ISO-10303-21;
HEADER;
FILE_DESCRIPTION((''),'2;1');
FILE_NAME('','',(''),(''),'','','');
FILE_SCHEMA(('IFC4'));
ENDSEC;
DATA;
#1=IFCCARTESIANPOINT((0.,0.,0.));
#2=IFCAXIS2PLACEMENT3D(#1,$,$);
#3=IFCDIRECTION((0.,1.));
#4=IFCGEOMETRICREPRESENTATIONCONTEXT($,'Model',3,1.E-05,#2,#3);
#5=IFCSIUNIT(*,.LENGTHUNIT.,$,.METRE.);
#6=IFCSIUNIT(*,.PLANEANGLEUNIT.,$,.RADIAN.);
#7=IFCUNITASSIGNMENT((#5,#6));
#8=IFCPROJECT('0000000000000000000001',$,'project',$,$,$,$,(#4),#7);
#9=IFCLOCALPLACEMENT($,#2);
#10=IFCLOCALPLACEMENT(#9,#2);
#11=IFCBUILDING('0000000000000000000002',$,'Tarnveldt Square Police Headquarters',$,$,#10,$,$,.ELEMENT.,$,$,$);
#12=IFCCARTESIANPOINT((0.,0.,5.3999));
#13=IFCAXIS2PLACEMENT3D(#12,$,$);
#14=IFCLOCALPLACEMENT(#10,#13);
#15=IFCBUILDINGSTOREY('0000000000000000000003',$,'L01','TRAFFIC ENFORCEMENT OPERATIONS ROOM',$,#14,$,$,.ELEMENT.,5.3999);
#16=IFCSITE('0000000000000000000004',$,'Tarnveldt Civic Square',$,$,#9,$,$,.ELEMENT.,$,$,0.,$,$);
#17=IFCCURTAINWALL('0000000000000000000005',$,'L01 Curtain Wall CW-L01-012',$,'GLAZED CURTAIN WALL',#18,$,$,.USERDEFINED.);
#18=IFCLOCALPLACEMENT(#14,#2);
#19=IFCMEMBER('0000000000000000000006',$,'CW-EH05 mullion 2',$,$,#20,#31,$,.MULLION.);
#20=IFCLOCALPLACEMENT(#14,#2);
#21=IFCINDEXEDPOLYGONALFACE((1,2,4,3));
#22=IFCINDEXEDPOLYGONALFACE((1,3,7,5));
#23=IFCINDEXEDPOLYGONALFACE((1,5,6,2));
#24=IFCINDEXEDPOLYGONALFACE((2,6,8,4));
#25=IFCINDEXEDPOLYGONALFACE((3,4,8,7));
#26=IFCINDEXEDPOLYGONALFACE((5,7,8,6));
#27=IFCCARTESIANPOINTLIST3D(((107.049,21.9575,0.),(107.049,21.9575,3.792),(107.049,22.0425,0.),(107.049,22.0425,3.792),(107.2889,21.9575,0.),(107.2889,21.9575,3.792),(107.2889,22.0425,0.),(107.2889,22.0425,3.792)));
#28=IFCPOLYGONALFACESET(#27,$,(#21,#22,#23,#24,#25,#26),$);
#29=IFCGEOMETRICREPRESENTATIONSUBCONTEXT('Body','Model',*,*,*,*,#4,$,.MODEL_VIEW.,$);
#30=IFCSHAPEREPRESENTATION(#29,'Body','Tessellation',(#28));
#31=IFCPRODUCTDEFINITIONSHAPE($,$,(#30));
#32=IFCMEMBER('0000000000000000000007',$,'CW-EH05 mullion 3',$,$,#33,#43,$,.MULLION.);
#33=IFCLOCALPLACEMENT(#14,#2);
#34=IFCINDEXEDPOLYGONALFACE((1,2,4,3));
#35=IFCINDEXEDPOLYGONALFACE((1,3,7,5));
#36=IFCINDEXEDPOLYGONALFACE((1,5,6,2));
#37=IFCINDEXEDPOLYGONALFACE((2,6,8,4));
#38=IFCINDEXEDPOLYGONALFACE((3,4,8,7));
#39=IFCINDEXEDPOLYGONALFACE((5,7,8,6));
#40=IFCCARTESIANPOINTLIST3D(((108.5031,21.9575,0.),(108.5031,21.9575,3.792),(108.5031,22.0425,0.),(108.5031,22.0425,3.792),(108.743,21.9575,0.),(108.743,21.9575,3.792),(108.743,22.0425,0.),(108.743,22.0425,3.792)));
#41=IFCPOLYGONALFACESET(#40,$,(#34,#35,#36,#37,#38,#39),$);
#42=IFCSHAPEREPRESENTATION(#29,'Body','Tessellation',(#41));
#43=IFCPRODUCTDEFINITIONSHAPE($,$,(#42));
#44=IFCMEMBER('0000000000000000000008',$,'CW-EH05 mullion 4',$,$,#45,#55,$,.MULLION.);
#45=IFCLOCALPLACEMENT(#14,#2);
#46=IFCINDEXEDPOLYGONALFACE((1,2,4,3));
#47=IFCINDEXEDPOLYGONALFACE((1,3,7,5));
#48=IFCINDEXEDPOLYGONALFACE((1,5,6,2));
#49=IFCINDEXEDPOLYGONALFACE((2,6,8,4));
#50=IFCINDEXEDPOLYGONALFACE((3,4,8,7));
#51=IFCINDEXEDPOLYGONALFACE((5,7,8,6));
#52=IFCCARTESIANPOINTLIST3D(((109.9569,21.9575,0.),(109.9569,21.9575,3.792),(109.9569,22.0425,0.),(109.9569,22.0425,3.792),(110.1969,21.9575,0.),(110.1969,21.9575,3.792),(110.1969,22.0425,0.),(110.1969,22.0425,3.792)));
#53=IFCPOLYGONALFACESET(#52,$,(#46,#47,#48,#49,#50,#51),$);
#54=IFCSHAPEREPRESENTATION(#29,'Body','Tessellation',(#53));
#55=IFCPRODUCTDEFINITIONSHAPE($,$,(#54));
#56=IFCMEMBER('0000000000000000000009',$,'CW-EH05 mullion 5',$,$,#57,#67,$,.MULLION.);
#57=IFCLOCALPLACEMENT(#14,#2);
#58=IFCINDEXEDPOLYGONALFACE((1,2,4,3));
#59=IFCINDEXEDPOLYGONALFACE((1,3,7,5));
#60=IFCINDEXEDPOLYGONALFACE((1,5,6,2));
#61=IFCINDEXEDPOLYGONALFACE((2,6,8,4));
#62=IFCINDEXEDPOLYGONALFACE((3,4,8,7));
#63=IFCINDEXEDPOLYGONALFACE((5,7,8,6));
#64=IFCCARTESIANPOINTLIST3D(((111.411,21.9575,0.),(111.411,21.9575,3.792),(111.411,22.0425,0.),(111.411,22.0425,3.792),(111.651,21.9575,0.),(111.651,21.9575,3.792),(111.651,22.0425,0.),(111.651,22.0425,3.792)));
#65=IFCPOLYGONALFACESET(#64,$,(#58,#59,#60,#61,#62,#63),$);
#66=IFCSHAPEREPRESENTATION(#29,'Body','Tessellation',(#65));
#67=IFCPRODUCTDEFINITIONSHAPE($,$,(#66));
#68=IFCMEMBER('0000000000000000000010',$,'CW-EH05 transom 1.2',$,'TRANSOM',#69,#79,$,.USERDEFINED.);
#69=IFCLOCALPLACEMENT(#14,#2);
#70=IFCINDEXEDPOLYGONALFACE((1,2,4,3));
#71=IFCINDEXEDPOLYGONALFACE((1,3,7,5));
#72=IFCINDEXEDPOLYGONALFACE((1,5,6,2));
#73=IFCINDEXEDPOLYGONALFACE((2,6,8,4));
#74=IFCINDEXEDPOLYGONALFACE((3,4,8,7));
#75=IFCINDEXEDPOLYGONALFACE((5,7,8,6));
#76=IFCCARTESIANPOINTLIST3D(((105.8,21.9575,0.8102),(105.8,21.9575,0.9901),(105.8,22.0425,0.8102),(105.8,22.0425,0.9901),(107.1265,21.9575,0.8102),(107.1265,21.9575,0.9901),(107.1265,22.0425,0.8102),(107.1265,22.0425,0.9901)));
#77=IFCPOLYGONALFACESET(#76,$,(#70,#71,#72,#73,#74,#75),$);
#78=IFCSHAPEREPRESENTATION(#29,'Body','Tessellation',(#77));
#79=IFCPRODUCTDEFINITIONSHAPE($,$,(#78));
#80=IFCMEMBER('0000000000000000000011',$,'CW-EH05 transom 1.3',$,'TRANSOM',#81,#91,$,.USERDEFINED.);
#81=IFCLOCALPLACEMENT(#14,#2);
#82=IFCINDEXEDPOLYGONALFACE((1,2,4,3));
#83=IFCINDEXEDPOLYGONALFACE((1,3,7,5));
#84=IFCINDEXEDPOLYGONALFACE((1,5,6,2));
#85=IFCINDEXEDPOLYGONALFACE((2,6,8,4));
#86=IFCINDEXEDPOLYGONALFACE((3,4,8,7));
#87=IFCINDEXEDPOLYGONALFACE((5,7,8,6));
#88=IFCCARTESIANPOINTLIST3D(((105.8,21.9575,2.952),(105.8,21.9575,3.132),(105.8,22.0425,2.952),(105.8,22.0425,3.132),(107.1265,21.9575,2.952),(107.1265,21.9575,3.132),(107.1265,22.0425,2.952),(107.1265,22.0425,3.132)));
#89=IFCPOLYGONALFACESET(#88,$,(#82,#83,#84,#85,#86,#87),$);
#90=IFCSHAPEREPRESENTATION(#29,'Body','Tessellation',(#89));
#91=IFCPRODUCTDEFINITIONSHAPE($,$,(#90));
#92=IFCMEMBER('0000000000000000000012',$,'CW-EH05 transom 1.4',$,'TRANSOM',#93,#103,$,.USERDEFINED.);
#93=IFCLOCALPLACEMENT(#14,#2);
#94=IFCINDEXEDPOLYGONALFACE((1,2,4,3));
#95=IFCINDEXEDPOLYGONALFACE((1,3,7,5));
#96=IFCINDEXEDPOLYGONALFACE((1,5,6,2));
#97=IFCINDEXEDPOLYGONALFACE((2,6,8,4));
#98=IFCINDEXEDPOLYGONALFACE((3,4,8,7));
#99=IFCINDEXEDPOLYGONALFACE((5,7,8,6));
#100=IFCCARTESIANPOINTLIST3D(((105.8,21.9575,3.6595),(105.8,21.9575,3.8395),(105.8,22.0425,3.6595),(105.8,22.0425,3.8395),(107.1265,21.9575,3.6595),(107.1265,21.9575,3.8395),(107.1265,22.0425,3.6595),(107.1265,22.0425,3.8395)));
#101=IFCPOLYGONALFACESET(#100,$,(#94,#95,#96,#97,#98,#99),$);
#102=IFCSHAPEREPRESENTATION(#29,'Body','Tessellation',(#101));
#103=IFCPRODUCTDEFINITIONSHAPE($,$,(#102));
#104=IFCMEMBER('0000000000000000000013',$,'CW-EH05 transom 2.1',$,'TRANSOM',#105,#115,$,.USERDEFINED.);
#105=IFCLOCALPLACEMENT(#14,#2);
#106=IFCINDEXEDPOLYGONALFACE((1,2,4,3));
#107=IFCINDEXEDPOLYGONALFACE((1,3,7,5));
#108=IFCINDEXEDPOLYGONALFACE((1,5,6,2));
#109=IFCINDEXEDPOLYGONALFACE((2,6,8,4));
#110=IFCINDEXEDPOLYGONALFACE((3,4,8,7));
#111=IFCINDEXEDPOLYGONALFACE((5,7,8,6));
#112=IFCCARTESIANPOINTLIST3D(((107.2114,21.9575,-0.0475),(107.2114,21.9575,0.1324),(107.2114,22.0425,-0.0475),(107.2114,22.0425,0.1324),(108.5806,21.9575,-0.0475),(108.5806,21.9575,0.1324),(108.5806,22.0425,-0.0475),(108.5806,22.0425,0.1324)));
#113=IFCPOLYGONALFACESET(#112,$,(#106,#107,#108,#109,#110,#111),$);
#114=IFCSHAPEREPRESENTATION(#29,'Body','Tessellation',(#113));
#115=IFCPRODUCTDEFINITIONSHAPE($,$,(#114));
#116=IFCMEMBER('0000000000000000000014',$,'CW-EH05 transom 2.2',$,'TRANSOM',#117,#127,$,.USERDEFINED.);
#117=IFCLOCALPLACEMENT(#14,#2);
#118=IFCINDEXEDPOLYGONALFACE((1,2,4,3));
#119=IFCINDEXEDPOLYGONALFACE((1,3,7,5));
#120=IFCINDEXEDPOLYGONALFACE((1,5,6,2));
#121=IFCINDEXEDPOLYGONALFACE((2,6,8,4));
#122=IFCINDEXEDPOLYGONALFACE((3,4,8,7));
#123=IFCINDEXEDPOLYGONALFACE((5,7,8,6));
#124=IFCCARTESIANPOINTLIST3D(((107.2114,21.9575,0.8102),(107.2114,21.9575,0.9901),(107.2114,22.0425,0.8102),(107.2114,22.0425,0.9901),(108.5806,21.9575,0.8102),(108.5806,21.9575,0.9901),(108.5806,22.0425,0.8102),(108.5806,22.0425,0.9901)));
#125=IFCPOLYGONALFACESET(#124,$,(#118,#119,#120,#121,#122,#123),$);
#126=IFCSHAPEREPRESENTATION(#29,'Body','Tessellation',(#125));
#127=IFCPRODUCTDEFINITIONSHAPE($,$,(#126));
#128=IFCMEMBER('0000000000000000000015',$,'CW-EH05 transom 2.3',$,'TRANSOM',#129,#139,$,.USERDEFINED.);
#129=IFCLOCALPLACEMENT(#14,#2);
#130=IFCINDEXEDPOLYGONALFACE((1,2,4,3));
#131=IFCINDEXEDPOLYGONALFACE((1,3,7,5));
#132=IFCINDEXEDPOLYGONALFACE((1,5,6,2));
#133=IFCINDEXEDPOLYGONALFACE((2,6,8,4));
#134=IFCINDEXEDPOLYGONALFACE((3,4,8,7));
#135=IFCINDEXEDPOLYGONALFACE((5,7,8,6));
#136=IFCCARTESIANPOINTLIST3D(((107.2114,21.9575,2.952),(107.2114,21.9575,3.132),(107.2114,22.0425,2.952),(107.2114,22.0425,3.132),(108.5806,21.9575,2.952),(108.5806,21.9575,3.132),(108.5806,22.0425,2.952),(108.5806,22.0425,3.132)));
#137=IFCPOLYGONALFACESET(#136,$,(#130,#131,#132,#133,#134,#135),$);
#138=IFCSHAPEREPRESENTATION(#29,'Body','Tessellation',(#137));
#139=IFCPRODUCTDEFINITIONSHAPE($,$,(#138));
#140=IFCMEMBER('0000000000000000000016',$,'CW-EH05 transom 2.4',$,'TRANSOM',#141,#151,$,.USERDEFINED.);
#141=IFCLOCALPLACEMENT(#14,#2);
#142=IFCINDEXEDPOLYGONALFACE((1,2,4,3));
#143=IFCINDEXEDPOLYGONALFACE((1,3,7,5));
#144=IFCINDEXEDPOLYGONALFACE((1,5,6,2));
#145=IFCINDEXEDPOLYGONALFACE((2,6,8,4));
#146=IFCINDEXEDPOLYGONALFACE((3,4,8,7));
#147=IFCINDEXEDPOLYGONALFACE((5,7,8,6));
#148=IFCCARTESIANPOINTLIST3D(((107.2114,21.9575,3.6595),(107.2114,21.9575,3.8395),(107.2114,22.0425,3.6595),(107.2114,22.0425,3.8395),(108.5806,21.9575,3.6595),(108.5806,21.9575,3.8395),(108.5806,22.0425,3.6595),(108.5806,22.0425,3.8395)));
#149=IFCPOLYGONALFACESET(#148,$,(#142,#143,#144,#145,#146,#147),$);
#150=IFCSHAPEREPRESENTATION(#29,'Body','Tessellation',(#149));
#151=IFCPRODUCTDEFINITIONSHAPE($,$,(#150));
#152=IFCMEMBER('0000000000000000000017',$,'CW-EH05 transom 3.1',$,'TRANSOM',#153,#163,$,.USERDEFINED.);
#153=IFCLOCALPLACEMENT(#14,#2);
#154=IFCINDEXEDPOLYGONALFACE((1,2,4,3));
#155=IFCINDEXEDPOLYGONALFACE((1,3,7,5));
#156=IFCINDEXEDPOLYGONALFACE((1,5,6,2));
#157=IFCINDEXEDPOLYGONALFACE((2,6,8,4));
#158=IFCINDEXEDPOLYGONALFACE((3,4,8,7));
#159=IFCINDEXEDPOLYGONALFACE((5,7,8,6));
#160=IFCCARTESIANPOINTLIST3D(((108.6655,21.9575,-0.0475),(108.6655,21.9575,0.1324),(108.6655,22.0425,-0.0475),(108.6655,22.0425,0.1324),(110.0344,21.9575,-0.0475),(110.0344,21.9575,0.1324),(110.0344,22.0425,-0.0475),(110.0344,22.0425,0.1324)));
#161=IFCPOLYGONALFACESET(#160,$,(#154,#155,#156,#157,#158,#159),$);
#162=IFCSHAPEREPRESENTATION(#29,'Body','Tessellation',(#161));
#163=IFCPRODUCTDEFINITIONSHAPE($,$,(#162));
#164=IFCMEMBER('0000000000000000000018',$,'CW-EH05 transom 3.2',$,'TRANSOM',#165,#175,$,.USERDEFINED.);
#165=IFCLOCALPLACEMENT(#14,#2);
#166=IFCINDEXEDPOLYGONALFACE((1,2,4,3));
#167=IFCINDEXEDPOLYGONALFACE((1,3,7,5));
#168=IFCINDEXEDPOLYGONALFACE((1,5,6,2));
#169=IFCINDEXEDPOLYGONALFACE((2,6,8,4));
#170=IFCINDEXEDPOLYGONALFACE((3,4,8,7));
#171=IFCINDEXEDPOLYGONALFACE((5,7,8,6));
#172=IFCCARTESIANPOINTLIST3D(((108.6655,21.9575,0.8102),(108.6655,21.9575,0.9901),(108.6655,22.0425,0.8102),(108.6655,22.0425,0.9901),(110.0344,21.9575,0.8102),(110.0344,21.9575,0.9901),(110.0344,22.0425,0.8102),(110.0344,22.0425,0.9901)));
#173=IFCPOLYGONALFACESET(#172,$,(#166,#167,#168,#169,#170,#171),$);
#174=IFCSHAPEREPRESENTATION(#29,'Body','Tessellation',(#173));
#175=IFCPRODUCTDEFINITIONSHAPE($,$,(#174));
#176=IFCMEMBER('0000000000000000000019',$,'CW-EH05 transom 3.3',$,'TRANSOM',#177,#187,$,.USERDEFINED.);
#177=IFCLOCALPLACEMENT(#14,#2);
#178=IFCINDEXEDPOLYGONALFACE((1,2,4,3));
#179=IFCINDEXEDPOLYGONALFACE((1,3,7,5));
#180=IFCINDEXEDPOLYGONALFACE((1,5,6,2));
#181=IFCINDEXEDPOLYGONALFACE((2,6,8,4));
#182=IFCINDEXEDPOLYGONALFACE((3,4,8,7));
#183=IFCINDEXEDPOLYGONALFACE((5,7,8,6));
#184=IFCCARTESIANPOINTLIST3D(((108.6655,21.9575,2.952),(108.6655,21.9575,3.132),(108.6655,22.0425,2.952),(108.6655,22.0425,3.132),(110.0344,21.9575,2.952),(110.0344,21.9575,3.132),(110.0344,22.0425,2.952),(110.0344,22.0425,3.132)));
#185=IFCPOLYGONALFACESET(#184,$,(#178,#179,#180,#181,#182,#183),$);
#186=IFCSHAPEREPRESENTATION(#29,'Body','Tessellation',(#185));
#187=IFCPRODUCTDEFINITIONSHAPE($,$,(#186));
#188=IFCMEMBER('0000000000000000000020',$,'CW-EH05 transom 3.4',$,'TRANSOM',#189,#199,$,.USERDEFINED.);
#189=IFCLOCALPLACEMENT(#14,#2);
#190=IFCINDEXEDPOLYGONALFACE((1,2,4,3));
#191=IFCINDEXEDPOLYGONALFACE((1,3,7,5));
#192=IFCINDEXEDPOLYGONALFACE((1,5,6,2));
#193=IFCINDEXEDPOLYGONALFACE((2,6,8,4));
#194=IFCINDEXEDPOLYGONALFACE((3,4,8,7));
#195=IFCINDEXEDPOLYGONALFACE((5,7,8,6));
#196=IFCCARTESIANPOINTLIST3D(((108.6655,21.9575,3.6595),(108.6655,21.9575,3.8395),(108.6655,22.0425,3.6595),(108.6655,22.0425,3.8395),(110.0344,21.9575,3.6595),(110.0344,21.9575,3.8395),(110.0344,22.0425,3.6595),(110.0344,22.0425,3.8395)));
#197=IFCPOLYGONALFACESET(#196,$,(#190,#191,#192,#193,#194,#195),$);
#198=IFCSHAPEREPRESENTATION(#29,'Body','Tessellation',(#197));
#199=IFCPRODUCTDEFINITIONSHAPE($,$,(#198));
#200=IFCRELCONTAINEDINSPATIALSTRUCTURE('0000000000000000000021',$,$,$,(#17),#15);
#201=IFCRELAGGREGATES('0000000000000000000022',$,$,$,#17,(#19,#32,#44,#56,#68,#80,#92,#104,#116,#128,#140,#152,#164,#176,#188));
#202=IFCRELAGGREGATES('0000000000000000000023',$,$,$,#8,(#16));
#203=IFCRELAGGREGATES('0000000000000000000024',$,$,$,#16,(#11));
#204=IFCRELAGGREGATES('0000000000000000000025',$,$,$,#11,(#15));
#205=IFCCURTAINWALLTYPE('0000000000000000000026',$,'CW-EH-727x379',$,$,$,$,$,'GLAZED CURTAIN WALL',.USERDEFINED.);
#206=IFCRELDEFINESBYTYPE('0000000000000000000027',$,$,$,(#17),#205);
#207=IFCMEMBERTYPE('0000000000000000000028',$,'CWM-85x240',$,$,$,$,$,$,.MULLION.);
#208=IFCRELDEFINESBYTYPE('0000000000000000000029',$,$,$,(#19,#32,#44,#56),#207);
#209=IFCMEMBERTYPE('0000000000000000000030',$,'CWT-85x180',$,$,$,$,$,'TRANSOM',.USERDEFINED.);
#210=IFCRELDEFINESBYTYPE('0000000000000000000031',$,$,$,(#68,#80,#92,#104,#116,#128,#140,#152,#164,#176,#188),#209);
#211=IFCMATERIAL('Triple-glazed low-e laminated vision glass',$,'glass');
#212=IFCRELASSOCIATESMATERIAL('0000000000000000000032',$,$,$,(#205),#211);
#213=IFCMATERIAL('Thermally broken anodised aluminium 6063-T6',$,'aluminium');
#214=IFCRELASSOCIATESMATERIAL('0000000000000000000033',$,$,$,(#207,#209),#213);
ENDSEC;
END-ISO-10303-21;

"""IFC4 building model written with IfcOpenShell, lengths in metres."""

from ifc_helpers import new_model, si_unit, direction, frame, origin, origin_2d, place, context, subcontext, project, spatial, rectangle, extrude, material, material_profile, profile_set, type_object, element, aggregate, save


model = new_model("IFC4")

# Units and contexts
model_context = context("Model", 3, precision=1e-05, world=origin(), true_north=direction((0.0, 1.0)))
body_context = subcontext(model_context, "Body", "Model", "MODEL_VIEW")
ifc_project = project(units=[si_unit("LENGTHUNIT", "METRE"), si_unit("PLANEANGLEUNIT", "RADIAN")], contexts=[model_context])

# Site, building, storey
site_placement = place(None, origin())
site = spatial("IfcSite", under=ifc_project, at=site_placement, Name="Tarnveldt Civic Square", CompositionType="ELEMENT", RefElevation=0.0)
building_placement = place(site_placement, origin())
building = spatial("IfcBuilding", under=site, at=building_placement, Name="Tarnveldt Square Police Headquarters", CompositionType="ELEMENT")
storey_placement = place(building_placement, frame((0.0, 0.0, 5.3999)))
storey = spatial("IfcBuildingStorey", under=building, at=storey_placement, Name="L01", Description="TRAFFIC ENFORCEMENT OPERATIONS ROOM", CompositionType="ELEMENT", Elevation=5.3999)

# Curtain wall, members
ifc_material_1 = material(Name="Triple-glazed low-e laminated vision glass", Category="glass")
curtain_wall_type = type_object("IfcCurtainWallType", Name="CW-EH-727x379", ElementType="GLAZED CURTAIN WALL", PredefinedType="USERDEFINED", material=ifc_material_1)
curtain_wall_placement = place(storey_placement, origin())
curtain_wall = element("IfcCurtainWall", 1, at=curtain_wall_placement, inside=storey, type_object=curtain_wall_type, Name="L01 Curtain Wall CW-L01-012", ObjectType="GLAZED CURTAIN WALL", PredefinedType="USERDEFINED")
ifc_material_2 = material(Name="Thermally broken anodised aluminium 6063-T6", Category="aluminium")
ifc_material_profile_1 = material_profile(ifc_material_2, rectangle(XDim=0.085, YDim=0.24, at=origin_2d()), Name="CW-M85x240")
ifc_profile_set_1 = profile_set([ifc_material_profile_1], Name="Thermally broken anodised aluminium 6063-T6")
member_type_1 = type_object("IfcMemberType", Name="CWM-85x240", PredefinedType="MULLION", material=ifc_profile_set_1)
member_1_placement = place(storey_placement, frame((107.1689, 22.0, 0.0), z_axis=(0.0, 0.0, 1.0), x_axis=(0.0, 1.0, 0.0)))
member_1 = element("IfcMember", 2, at=member_1_placement, type_object=member_type_1, Name="CW-EH05 mullion 2", PredefinedType="MULLION", context=body_context, shape_type="SweptSolid", body=[
    extrude(rectangle(XDim=0.085, YDim=0.24, at=origin_2d()), origin(), (0.0, 0.0, 1.0), 3.792),
])
member_2_placement = place(storey_placement, frame((108.623, 22.0, 0.0), z_axis=(0.0, 0.0, 1.0), x_axis=(0.0, 1.0, 0.0)))
member_2 = element("IfcMember", 3, at=member_2_placement, type_object=member_type_1, Name="CW-EH05 mullion 3", PredefinedType="MULLION", context=body_context, shape_type="SweptSolid", body=[
    extrude(rectangle(XDim=0.085, YDim=0.24, at=origin_2d()), origin(), (0.0, 0.0, 1.0), 3.792),
])
member_3_placement = place(storey_placement, frame((110.0769, 22.0, 0.0), z_axis=(0.0, 0.0, 1.0), x_axis=(0.0, 1.0, 0.0)))
member_3 = element("IfcMember", 4, at=member_3_placement, type_object=member_type_1, Name="CW-EH05 mullion 4", PredefinedType="MULLION", context=body_context, shape_type="SweptSolid", body=[
    extrude(rectangle(XDim=0.085, YDim=0.24, at=origin_2d()), origin(), (0.0, 0.0, 1.0), 3.792),
])
member_4_placement = place(storey_placement, frame((111.531, 22.0, 0.0), z_axis=(0.0, 0.0, 1.0), x_axis=(0.0, 1.0, 0.0)))
member_4 = element("IfcMember", 5, at=member_4_placement, type_object=member_type_1, Name="CW-EH05 mullion 5", PredefinedType="MULLION", context=body_context, shape_type="SweptSolid", body=[
    extrude(rectangle(XDim=0.085, YDim=0.24, at=origin_2d()), origin(), (0.0, 0.0, 1.0), 3.792),
])
ifc_material_profile_2 = material_profile(ifc_material_2, rectangle(XDim=0.085, YDim=0.1799, at=origin_2d()), Name="CW-T85x180")
ifc_profile_set_2 = profile_set([ifc_material_profile_2], Name="Thermally broken anodised aluminium 6063-T6")
member_type_2 = type_object("IfcMemberType", Name="CWT-85x180", ElementType="TRANSOM", PredefinedType="USERDEFINED", material=ifc_profile_set_2)
member_5_placement = place(storey_placement, frame((105.8, 22.0, 0.9001), z_axis=(1.0, 0.0, 0.0), x_axis=(0.0, 1.0, 0.0)))
member_5 = element("IfcMember", 6, at=member_5_placement, type_object=member_type_2, Name="CW-EH05 transom 1.2", ObjectType="TRANSOM", PredefinedType="USERDEFINED", context=body_context, shape_type="SweptSolid", body=[
    extrude(rectangle(XDim=0.085, YDim=0.1799, at=origin_2d()), origin(), (0.0, 0.0, 1.0), 1.3264),
])
member_6_placement = place(storey_placement, frame((105.8, 22.0, 3.042), z_axis=(1.0, 0.0, 0.0), x_axis=(0.0, 1.0, 0.0)))
member_6 = element("IfcMember", 7, at=member_6_placement, type_object=member_type_2, Name="CW-EH05 transom 1.3", ObjectType="TRANSOM", PredefinedType="USERDEFINED", context=body_context, shape_type="SweptSolid", body=[
    extrude(rectangle(XDim=0.085, YDim=0.1799, at=origin_2d()), origin(), (0.0, 0.0, 1.0), 1.3264),
])
member_7_placement = place(storey_placement, frame((105.8, 22.0, 3.7495), z_axis=(1.0, 0.0, 0.0), x_axis=(0.0, 1.0, 0.0)))
member_7 = element("IfcMember", 8, at=member_7_placement, type_object=member_type_2, Name="CW-EH05 transom 1.4", ObjectType="TRANSOM", PredefinedType="USERDEFINED", context=body_context, shape_type="SweptSolid", body=[
    extrude(rectangle(XDim=0.085, YDim=0.1799, at=origin_2d()), origin(), (0.0, 0.0, 1.0), 1.3264),
])
member_8_placement = place(storey_placement, frame((107.2114, 22.0, 0.0425), z_axis=(1.0, 0.0, 0.0), x_axis=(0.0, 1.0, 0.0)))
member_8 = element("IfcMember", 9, at=member_8_placement, type_object=member_type_2, Name="CW-EH05 transom 2.1", ObjectType="TRANSOM", PredefinedType="USERDEFINED", context=body_context, shape_type="SweptSolid", body=[
    extrude(rectangle(XDim=0.085, YDim=0.1799, at=origin_2d()), origin(), (0.0, 0.0, 1.0), 1.3691),
])
member_9_placement = place(storey_placement, frame((107.2114, 22.0, 0.9001), z_axis=(1.0, 0.0, 0.0), x_axis=(0.0, 1.0, 0.0)))
member_9 = element("IfcMember", 10, at=member_9_placement, type_object=member_type_2, Name="CW-EH05 transom 2.2", ObjectType="TRANSOM", PredefinedType="USERDEFINED", context=body_context, shape_type="SweptSolid", body=[
    extrude(rectangle(XDim=0.085, YDim=0.1799, at=origin_2d()), origin(), (0.0, 0.0, 1.0), 1.3691),
])
member_10_placement = place(storey_placement, frame((107.2114, 22.0, 3.042), z_axis=(1.0, 0.0, 0.0), x_axis=(0.0, 1.0, 0.0)))
member_10 = element("IfcMember", 11, at=member_10_placement, type_object=member_type_2, Name="CW-EH05 transom 2.3", ObjectType="TRANSOM", PredefinedType="USERDEFINED", context=body_context, shape_type="SweptSolid", body=[
    extrude(rectangle(XDim=0.085, YDim=0.1799, at=origin_2d()), origin(), (0.0, 0.0, 1.0), 1.3691),
])
member_11_placement = place(storey_placement, frame((107.2114, 22.0, 3.7495), z_axis=(1.0, 0.0, 0.0), x_axis=(0.0, 1.0, 0.0)))
member_11 = element("IfcMember", 12, at=member_11_placement, type_object=member_type_2, Name="CW-EH05 transom 2.4", ObjectType="TRANSOM", PredefinedType="USERDEFINED", context=body_context, shape_type="SweptSolid", body=[
    extrude(rectangle(XDim=0.085, YDim=0.1799, at=origin_2d()), origin(), (0.0, 0.0, 1.0), 1.3691),
])
member_12_placement = place(storey_placement, frame((108.6655, 22.0, 0.0425), z_axis=(1.0, 0.0, 0.0), x_axis=(0.0, 1.0, 0.0)))
member_12 = element("IfcMember", 13, at=member_12_placement, type_object=member_type_2, Name="CW-EH05 transom 3.1", ObjectType="TRANSOM", PredefinedType="USERDEFINED", context=body_context, shape_type="SweptSolid", body=[
    extrude(rectangle(XDim=0.085, YDim=0.1799, at=origin_2d()), origin(), (0.0, 0.0, 1.0), 1.3689),
])
member_13_placement = place(storey_placement, frame((108.6655, 22.0, 0.9001), z_axis=(1.0, 0.0, 0.0), x_axis=(0.0, 1.0, 0.0)))
member_13 = element("IfcMember", 14, at=member_13_placement, type_object=member_type_2, Name="CW-EH05 transom 3.2", ObjectType="TRANSOM", PredefinedType="USERDEFINED", context=body_context, shape_type="SweptSolid", body=[
    extrude(rectangle(XDim=0.085, YDim=0.1799, at=origin_2d()), origin(), (0.0, 0.0, 1.0), 1.3689),
])
member_14_placement = place(storey_placement, frame((108.6655, 22.0, 3.042), z_axis=(1.0, 0.0, 0.0), x_axis=(0.0, 1.0, 0.0)))
member_14 = element("IfcMember", 15, at=member_14_placement, type_object=member_type_2, Name="CW-EH05 transom 3.3", ObjectType="TRANSOM", PredefinedType="USERDEFINED", context=body_context, shape_type="SweptSolid", body=[
    extrude(rectangle(XDim=0.085, YDim=0.1799, at=origin_2d()), origin(), (0.0, 0.0, 1.0), 1.3689),
])
member_15_placement = place(storey_placement, frame((108.6655, 22.0, 3.7495), z_axis=(1.0, 0.0, 0.0), x_axis=(0.0, 1.0, 0.0)))
member_15 = element("IfcMember", 16, at=member_15_placement, type_object=member_type_2, Name="CW-EH05 transom 3.4", ObjectType="TRANSOM", PredefinedType="USERDEFINED", context=body_context, shape_type="SweptSolid", body=[
    extrude(rectangle(XDim=0.085, YDim=0.1799, at=origin_2d()), origin(), (0.0, 0.0, 1.0), 1.3689),
])
aggregate(curtain_wall, [member_1, member_2, member_3, member_4, member_5, member_6, member_7, member_8, member_9, member_10, member_11, member_12, member_13, member_14, member_15])

save(model, "model.ifc")
